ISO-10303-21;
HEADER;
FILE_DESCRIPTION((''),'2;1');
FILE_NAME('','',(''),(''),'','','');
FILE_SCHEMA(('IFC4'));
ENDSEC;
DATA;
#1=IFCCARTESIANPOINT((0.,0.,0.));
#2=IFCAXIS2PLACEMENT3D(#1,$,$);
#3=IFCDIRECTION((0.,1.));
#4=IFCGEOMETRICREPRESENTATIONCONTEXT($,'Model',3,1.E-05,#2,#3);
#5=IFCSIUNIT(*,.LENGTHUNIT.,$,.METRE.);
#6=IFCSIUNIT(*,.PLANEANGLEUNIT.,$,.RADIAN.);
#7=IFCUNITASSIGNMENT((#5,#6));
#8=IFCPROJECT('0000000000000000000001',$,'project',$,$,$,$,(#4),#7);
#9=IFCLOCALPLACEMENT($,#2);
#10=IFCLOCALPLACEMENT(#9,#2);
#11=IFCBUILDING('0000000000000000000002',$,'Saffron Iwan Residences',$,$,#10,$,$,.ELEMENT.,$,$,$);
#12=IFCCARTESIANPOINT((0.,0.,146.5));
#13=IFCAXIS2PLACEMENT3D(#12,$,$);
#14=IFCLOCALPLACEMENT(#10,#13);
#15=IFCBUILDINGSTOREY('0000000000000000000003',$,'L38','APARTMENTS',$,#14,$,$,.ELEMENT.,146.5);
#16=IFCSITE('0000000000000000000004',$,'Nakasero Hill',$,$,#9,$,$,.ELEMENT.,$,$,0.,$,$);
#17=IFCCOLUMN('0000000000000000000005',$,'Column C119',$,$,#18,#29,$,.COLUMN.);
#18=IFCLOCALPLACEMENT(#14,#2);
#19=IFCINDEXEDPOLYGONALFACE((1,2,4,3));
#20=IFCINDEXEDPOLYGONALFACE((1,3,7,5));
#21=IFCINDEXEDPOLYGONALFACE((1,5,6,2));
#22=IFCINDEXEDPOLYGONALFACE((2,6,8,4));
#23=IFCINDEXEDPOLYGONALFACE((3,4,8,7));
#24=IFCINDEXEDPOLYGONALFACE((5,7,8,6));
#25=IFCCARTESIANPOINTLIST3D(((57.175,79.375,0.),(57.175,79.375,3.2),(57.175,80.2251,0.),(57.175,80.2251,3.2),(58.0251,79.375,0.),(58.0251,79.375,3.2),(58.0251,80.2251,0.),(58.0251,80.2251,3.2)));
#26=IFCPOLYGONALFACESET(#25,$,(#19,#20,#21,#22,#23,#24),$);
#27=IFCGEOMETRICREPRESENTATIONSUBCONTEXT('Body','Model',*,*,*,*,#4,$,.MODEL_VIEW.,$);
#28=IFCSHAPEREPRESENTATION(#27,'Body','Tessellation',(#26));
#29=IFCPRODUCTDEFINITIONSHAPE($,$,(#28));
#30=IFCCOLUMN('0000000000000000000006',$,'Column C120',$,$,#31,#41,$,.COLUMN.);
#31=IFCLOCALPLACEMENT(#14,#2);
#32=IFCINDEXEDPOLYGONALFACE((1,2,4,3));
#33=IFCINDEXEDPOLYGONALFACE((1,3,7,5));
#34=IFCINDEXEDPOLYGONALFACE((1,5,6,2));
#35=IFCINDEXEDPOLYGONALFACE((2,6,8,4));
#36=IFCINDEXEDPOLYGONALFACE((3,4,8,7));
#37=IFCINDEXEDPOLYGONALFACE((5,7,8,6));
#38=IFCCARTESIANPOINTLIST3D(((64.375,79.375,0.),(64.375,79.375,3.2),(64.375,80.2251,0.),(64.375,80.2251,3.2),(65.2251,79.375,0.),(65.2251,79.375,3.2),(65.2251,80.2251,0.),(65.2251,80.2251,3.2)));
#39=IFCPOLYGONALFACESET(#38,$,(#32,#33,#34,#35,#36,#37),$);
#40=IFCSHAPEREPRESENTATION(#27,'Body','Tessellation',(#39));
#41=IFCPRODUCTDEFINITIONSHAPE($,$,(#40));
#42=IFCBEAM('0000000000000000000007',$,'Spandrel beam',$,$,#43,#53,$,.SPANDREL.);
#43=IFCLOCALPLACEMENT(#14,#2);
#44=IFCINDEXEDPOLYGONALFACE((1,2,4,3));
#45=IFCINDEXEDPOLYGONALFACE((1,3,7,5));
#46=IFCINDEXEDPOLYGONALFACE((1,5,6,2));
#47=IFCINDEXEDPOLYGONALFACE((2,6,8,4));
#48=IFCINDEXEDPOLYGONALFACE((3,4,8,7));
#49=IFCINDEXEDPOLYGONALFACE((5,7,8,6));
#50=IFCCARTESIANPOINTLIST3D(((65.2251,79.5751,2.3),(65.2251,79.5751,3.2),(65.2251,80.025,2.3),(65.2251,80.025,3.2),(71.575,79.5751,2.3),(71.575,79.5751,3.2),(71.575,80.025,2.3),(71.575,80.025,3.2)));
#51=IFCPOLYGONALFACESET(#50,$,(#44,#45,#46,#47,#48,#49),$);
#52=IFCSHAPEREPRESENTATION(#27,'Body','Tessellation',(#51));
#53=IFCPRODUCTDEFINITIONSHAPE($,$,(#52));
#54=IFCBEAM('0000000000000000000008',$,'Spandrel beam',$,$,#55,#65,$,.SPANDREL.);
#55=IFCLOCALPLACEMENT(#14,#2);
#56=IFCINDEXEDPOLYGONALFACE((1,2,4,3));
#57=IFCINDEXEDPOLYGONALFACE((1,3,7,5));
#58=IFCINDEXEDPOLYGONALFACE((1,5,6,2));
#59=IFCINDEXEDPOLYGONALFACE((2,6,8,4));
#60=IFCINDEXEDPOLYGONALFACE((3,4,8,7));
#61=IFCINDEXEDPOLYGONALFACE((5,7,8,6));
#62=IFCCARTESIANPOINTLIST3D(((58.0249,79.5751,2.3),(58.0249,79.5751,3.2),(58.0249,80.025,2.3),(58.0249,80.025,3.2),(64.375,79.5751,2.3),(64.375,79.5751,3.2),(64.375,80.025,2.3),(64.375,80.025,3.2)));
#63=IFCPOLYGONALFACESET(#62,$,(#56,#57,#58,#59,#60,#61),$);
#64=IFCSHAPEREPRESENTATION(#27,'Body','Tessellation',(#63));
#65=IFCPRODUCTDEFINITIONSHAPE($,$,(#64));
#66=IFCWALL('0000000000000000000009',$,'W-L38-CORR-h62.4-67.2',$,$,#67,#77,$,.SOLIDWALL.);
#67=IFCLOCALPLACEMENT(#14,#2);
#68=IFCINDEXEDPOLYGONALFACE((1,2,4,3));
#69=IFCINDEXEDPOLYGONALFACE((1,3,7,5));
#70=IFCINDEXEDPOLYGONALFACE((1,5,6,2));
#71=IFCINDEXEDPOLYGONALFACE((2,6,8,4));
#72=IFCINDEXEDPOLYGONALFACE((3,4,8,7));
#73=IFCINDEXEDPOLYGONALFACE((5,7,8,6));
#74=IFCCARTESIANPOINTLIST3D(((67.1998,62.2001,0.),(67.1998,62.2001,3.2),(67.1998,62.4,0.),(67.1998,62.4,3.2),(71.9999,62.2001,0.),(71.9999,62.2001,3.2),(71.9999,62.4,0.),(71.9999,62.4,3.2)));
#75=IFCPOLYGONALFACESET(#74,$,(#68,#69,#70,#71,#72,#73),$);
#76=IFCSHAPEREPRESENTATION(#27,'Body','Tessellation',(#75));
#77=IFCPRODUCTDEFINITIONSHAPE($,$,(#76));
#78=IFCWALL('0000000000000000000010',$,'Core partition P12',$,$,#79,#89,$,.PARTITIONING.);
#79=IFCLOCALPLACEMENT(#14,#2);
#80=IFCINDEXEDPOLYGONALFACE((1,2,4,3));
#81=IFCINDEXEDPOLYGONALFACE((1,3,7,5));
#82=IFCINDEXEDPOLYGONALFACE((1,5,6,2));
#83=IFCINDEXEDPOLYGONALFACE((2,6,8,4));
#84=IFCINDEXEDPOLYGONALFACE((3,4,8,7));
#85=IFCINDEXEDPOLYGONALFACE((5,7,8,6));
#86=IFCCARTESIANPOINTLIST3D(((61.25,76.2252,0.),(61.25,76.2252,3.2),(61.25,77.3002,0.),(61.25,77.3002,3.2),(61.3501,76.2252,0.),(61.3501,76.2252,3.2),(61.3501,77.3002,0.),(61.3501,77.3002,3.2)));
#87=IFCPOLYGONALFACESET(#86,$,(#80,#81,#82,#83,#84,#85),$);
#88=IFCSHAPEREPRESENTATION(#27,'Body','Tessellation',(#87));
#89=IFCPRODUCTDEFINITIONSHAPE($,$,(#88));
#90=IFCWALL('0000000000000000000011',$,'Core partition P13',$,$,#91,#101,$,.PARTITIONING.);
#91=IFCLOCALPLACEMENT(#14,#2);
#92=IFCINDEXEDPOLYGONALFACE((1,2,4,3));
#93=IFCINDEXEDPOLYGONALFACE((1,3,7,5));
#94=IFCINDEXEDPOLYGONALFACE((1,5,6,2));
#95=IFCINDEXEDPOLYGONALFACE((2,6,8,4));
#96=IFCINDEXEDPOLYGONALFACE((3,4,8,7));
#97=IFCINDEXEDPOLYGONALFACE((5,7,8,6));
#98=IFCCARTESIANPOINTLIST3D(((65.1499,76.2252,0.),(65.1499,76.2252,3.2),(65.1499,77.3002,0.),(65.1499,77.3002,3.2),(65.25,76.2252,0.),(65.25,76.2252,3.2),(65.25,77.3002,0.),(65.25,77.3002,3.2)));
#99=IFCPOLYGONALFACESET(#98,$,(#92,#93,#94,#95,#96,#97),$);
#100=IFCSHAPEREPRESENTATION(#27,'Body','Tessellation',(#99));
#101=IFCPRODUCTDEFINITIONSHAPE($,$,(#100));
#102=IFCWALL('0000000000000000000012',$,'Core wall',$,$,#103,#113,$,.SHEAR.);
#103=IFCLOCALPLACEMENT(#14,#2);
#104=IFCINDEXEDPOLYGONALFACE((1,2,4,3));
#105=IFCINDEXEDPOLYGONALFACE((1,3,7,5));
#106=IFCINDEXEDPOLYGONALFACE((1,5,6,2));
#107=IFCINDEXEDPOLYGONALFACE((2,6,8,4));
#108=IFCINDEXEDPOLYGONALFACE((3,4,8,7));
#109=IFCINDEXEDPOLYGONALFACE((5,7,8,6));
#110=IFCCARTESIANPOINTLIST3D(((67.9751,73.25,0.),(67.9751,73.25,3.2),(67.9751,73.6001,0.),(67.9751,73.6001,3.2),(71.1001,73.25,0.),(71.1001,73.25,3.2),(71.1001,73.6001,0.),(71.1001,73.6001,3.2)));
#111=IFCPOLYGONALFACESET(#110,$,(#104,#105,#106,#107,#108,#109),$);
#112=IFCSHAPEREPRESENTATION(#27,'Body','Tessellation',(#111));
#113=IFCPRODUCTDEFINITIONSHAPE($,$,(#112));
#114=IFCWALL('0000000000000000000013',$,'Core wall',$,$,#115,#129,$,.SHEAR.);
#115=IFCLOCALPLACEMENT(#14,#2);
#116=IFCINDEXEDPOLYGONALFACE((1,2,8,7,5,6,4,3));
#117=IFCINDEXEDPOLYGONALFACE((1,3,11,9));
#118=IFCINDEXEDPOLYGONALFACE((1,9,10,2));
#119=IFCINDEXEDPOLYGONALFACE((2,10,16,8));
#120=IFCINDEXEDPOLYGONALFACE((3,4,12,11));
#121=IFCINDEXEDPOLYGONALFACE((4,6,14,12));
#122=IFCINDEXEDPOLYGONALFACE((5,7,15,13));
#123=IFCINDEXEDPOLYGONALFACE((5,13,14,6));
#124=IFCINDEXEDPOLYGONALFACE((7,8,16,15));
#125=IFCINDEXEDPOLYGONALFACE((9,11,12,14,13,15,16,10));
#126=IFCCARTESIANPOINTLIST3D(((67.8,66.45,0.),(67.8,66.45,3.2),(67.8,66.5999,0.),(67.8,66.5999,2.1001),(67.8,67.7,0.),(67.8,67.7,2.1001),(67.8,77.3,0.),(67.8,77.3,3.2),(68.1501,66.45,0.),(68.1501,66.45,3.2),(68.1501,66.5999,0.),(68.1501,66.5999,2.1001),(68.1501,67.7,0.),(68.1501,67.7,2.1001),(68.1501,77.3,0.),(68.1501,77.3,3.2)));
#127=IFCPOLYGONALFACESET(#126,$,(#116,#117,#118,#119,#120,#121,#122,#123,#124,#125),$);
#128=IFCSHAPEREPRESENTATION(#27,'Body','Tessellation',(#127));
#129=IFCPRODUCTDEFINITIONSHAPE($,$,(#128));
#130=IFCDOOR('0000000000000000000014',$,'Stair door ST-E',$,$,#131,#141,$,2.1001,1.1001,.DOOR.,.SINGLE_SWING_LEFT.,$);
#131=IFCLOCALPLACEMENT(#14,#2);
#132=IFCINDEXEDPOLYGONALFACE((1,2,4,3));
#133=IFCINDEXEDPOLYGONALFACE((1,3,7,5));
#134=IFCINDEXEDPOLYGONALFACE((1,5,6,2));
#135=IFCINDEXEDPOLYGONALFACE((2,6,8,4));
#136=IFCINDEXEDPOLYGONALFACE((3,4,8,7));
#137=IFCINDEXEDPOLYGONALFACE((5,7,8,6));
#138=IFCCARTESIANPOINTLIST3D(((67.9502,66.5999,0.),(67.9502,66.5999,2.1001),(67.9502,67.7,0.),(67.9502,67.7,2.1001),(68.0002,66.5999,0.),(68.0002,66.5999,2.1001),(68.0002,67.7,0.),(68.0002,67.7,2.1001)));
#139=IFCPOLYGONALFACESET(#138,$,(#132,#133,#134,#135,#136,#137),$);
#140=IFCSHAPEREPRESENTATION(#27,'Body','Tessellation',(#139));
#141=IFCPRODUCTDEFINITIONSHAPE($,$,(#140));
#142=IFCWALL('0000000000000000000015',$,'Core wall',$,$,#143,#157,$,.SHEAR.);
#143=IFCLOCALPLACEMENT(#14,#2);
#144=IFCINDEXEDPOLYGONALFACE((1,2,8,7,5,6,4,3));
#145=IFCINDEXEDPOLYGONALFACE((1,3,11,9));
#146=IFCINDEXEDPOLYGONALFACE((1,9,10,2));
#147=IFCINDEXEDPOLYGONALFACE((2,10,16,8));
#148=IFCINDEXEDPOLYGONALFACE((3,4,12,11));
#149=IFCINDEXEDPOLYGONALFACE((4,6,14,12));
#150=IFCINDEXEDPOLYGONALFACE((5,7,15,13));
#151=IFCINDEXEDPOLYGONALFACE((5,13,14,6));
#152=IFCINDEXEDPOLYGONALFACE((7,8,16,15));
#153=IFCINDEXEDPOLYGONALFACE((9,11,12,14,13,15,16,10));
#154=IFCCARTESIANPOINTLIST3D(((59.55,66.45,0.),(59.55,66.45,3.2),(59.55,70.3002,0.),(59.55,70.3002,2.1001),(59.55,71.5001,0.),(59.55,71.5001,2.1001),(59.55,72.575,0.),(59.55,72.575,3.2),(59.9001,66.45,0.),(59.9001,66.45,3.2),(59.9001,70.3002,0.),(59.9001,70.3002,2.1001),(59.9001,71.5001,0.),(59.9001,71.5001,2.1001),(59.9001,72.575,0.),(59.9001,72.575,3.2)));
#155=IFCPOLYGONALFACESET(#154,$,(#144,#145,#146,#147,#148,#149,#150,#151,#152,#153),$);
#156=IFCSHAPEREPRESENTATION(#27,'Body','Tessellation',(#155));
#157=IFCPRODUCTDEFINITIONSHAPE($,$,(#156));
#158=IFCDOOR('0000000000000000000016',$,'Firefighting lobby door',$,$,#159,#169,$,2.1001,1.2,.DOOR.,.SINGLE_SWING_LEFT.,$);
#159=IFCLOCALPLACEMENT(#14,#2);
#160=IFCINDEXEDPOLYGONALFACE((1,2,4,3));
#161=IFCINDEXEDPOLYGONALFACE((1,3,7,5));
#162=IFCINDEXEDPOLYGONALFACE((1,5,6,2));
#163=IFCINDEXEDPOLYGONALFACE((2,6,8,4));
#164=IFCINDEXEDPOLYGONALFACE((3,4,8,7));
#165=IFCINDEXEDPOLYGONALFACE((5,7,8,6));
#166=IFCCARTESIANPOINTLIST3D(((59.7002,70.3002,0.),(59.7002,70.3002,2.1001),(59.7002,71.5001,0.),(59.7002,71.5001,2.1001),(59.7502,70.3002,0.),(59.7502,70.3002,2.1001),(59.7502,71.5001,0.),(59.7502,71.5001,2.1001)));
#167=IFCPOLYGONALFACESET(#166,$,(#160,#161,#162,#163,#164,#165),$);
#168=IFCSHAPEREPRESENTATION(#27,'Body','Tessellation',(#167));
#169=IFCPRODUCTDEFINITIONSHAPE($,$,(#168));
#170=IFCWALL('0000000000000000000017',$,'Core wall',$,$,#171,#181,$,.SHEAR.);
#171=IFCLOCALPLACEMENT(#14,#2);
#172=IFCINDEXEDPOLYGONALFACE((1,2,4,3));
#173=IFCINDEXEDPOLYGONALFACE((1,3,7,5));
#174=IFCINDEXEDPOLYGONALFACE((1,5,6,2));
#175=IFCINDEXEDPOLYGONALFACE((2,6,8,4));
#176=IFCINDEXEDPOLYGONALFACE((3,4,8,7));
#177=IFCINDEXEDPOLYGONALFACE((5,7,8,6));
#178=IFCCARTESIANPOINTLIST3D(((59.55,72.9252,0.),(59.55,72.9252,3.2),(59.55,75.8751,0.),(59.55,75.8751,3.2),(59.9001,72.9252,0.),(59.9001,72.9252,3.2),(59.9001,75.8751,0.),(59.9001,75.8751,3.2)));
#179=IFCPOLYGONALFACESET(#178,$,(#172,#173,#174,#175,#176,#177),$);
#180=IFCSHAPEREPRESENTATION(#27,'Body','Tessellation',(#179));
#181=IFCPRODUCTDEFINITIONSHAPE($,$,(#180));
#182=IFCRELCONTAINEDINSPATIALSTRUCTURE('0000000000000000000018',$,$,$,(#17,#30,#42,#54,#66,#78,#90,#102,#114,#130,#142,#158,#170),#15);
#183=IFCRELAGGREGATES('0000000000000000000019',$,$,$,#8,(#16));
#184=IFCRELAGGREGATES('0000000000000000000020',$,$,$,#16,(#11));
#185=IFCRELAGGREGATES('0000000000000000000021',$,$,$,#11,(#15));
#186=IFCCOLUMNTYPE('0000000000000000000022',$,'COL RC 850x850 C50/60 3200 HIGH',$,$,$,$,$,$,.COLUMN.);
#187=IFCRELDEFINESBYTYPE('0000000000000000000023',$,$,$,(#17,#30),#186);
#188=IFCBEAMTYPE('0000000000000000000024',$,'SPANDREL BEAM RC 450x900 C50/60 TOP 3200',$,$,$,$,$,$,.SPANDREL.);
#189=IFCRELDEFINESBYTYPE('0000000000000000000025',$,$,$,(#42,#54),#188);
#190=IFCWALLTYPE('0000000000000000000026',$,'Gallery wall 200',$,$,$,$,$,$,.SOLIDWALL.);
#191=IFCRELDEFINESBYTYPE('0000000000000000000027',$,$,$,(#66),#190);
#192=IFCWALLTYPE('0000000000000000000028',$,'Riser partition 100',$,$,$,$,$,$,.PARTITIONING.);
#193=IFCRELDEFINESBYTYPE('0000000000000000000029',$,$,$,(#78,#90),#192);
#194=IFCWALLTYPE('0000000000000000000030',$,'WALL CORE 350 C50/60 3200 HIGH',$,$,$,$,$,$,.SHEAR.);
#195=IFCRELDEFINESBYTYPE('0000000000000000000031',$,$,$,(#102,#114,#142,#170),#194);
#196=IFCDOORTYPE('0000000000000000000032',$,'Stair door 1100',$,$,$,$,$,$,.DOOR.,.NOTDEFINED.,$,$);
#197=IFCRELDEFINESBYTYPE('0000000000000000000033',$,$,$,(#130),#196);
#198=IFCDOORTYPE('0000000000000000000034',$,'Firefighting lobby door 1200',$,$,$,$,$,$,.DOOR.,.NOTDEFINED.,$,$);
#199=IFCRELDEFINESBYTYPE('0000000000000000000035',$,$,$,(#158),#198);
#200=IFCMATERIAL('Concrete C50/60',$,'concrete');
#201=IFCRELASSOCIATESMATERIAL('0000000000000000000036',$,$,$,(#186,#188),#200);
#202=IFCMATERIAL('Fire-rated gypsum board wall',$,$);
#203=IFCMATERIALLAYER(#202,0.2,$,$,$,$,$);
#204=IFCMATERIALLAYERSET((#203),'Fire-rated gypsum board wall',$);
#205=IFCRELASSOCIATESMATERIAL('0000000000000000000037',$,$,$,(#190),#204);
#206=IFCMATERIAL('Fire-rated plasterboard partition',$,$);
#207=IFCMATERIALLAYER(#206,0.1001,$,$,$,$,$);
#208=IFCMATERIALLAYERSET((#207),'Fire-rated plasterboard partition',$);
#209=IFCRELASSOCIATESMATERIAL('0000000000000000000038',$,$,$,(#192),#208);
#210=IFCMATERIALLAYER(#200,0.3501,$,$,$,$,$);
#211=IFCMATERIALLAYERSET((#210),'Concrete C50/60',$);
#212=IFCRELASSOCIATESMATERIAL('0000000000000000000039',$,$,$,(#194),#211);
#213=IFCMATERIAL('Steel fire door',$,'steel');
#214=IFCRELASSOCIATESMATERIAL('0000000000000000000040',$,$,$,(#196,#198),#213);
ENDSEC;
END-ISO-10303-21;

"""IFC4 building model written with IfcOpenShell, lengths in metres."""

from ifc_helpers import new_model, si_unit, direction, frame, frame_2d, origin, origin_2d, place, context, subcontext, project, spatial, rectangle, extrude, source, transform, mapped, material, layer, layer_set, material_profile, profile_set, type_object, element, fill, save


model = new_model("IFC4")

# Units and contexts
model_context = context("Model", 3, precision=1e-05, world=origin(), true_north=direction((0.0, 1.0)))
body_context = subcontext(model_context, "Body", "Model", "MODEL_VIEW")
ifc_project = project(units=[si_unit("LENGTHUNIT", "METRE"), si_unit("PLANEANGLEUNIT", "RADIAN")], contexts=[model_context])

# Site, building, storey
site_placement = place(None, origin())
site = spatial("IfcSite", under=ifc_project, at=site_placement, Name="Nakasero Hill", CompositionType="ELEMENT", RefElevation=0.0)
building_placement = place(site_placement, origin())
building = spatial("IfcBuilding", under=site, at=building_placement, Name="Saffron Iwan Residences", CompositionType="ELEMENT")
storey_placement = place(building_placement, frame((0.0, 0.0, 146.5)))
storey = spatial("IfcBuildingStorey", under=building, at=storey_placement, Name="L38", Description="APARTMENTS", CompositionType="ELEMENT", Elevation=146.5)

# Columns
ifc_material_1 = material(Name="Concrete C50/60", Category="concrete")
ifc_material_profile_1 = material_profile(ifc_material_1, rectangle(XDim=0.8501, YDim=0.8501, at=origin_2d()), Name="RC 850x850")
ifc_profile_set_1 = profile_set([ifc_material_profile_1], Name="Concrete C50/60")
column_type = type_object("IfcColumnType", Name="COL RC 850x850 C50/60 3200 HIGH", PredefinedType="COLUMN", material=ifc_profile_set_1)
shared_shape_1 = source(origin(), body_context, "Body", "SweptSolid", [
    extrude(rectangle(XDim=0.8501, YDim=0.8501, at=origin_2d()), origin(), (0.0, 0.0, 1.0), 3.2),
])
for number, where, z_axis, x_axis, name in (
    (1, (57.6001, 79.8, 0.0), (0.0, 0.0, 1.0), (1.0, 0.0, 0.0), "Column C119"),
    (2, (64.8, 79.8, 0.0), (0.0, 0.0, 1.0), (1.0, 0.0, 0.0), "Column C120"),
):
    element("IfcColumn", number, at=place(storey_placement, frame(where, z_axis=z_axis, x_axis=x_axis)), inside=storey, type_object=column_type, Name=name, PredefinedType="COLUMN", context=body_context, shape_type="MappedRepresentation", body=[
        mapped(shared_shape_1, transform((0.0, 0.0, 0.0))),
    ])

# Beams
ifc_material_profile_2 = material_profile(ifc_material_1, rectangle(XDim=0.45, YDim=0.8999, at=origin_2d()), Name="RC 450x900")
ifc_profile_set_2 = profile_set([ifc_material_profile_2], Name="Concrete C50/60")
beam_type = type_object("IfcBeamType", Name="SPANDREL BEAM RC 450x900 C50/60 TOP 3200", PredefinedType="SPANDREL", material=ifc_profile_set_2)
shared_shape_2 = source(origin(), body_context, "Body", "SweptSolid", [
    extrude(rectangle(XDim=0.45, YDim=0.8999, at=origin_2d()), origin(), (0.0, 0.0, 1.0), 6.3499),
])
beam_1_placement = place(storey_placement, frame((65.2251, 79.8, 2.75), z_axis=(1.0, 0.0, 0.0), x_axis=(0.0, 1.0, 0.0)))
element("IfcBeam", 3, at=beam_1_placement, inside=storey, type_object=beam_type, Name="Spandrel beam", PredefinedType="SPANDREL", context=body_context, shape_type="MappedRepresentation", body=[
    mapped(shared_shape_2, transform((0.0, 0.0, 0.0))),
])
shared_shape_3 = source(origin(), body_context, "Body", "SweptSolid", [
    extrude(rectangle(XDim=0.45, YDim=0.8999, at=origin_2d()), origin(), (0.0, 0.0, 1.0), 6.3501),
])
beam_2_placement = place(storey_placement, frame((58.0249, 79.8, 2.75), z_axis=(1.0, 0.0, 0.0), x_axis=(0.0, 1.0, 0.0)))
element("IfcBeam", 4, at=beam_2_placement, inside=storey, type_object=beam_type, Name="Spandrel beam", PredefinedType="SPANDREL", context=body_context, shape_type="MappedRepresentation", body=[
    mapped(shared_shape_3, transform((0.0, 0.0, 0.0))),
])

# Walls
ifc_material_2 = material(Name="Fire-rated gypsum board wall")
ifc_layer_1 = layer(ifc_material_2, 0.2)
ifc_layer_set_1 = layer_set([ifc_layer_1], Name="Fire-rated gypsum board wall")
wall_type_1 = type_object("IfcWallType", Name="Gallery wall 200", PredefinedType="SOLIDWALL", material=ifc_layer_set_1)
wall_1_placement = place(storey_placement, frame((67.2, 62.3, 0.0), z_axis=(0.0, 0.0, 1.0), x_axis=(1.0, 0.0, 0.0)))
element("IfcWall", 5, at=wall_1_placement, inside=storey, type_object=wall_type_1, Name="W-L38-CORR-h62.4-67.2", PredefinedType="SOLIDWALL", context=body_context, shape_type="SweptSolid", body=[
    extrude(rectangle(XDim=4.8, YDim=0.2, at=frame_2d((2.3999, 0.0))), origin(), (0.0, 0.0, 1.0), 3.2),
])
ifc_material_3 = material(Name="Fire-rated plasterboard partition")
ifc_layer_2 = layer(ifc_material_3, 0.1001)
ifc_layer_set_2 = layer_set([ifc_layer_2], Name="Fire-rated plasterboard partition")
wall_type_2 = type_object("IfcWallType", Name="Riser partition 100", PredefinedType="PARTITIONING", material=ifc_layer_set_2)
for number, where, z_axis, x_axis, name in (
    (6, (61.3, 76.2251, 0.0), (0.0, 0.0, 1.0), (0.0, 1.0, 0.0), "Core partition P12"),
    (7, (65.2, 76.2251, 0.0), (0.0, 0.0, 1.0), (0.0, 1.0, 0.0), "Core partition P13"),
):
    element("IfcWall", number, at=place(storey_placement, frame(where, z_axis=z_axis, x_axis=x_axis)), inside=storey, type_object=wall_type_2, Name=name, PredefinedType="PARTITIONING", context=body_context, shape_type="SweptSolid", body=[
        extrude(rectangle(XDim=1.075, YDim=0.1001, at=frame_2d((0.5376, 0.0))), origin(), (0.0, 0.0, 1.0), 3.2),
    ])
ifc_layer_3 = layer(ifc_material_1, 0.3501)
ifc_layer_set_3 = layer_set([ifc_layer_3], Name="Concrete C50/60")
wall_type_3 = type_object("IfcWallType", Name="WALL CORE 350 C50/60 3200 HIGH", PredefinedType="SHEAR", material=ifc_layer_set_3)
wall_2_placement = place(storey_placement, frame((67.9751, 73.425, 0.0), z_axis=(0.0, 0.0, 1.0), x_axis=(1.0, 0.0, 0.0)))
element("IfcWall", 8, at=wall_2_placement, inside=storey, type_object=wall_type_3, Name="Core wall", PredefinedType="SHEAR", context=body_context, shape_type="SweptSolid", body=[
    extrude(rectangle(XDim=3.125, YDim=0.3501, at=frame_2d((1.5625, 0.0))), origin(), (0.0, 0.0, 1.0), 3.2),
])

# Walls, openings, doors
wall_3_placement = place(storey_placement, frame((67.9751, 66.45, 0.0), z_axis=(0.0, 0.0, 1.0), x_axis=(0.0, 1.0, 0.0)))
wall_3 = element("IfcWall", 9, at=wall_3_placement, inside=storey, type_object=wall_type_3, Name="Core wall", PredefinedType="SHEAR", context=body_context, shape_type="SweptSolid", body=[
    extrude(rectangle(XDim=10.8501, YDim=0.3501, at=frame_2d((5.425, 0.0))), origin(), (0.0, 0.0, 1.0), 3.2),
])
opening_1_placement = place(wall_3_placement, frame((0.1499, 0.0, 0.0)))
opening_1 = element("IfcOpeningElement", 10, at=opening_1_placement, cuts=wall_3, PredefinedType="OPENING", context=body_context, shape_type="SweptSolid", body=[
    extrude(rectangle(XDim=1.1001, YDim=2.1001, at=frame_2d((0.55, 1.05))), frame((0.0, 0.1851, 0.0), z_axis=(0.0, -1.0, 0.0), x_axis=(1.0, 0.0, 0.0)), (0.0, 0.0, 1.0), 0.3701),
])
ifc_material_4 = material(Name="Steel fire door", Category="steel")
door_type_1 = type_object("IfcDoorType", Name="Stair door 1100", OperationType="NOTDEFINED", PredefinedType="DOOR", material=ifc_material_4)
door_1_placement = place(opening_1_placement, origin())
door_1 = element("IfcDoor", 11, at=door_1_placement, inside=storey, type_object=door_type_1, Name="Stair door ST-E", OperationType="SINGLE_SWING_LEFT", OverallHeight=2.1001, OverallWidth=1.1001, PredefinedType="DOOR", context=body_context, shape_type="SweptSolid", body=[
    extrude(rectangle(XDim=1.1001, YDim=2.1001, at=frame_2d((0.55, 1.05))), frame((0.0, 0.0249, 0.0), z_axis=(0.0, -1.0, 0.0), x_axis=(1.0, 0.0, 0.0)), (0.0, 0.0, 1.0), 0.05),
])
fill(opening_1, door_1)
wall_4_placement = place(storey_placement, frame((59.7251, 66.45, 0.0), z_axis=(0.0, 0.0, 1.0), x_axis=(0.0, 1.0, 0.0)))
wall_4 = element("IfcWall", 12, at=wall_4_placement, inside=storey, type_object=wall_type_3, Name="Core wall", PredefinedType="SHEAR", context=body_context, shape_type="SweptSolid", body=[
    extrude(rectangle(XDim=6.125, YDim=0.3501, at=frame_2d((3.0625, 0.0))), origin(), (0.0, 0.0, 1.0), 3.2),
])
opening_2_placement = place(wall_4_placement, frame((3.8501, 0.0, 0.0)))
opening_2 = element("IfcOpeningElement", 13, at=opening_2_placement, cuts=wall_4, PredefinedType="OPENING", context=body_context, shape_type="SweptSolid", body=[
    extrude(rectangle(XDim=1.2, YDim=2.1001, at=frame_2d((0.6001, 1.05))), frame((0.0, 0.1851, 0.0), z_axis=(0.0, -1.0, 0.0), x_axis=(1.0, 0.0, 0.0)), (0.0, 0.0, 1.0), 0.3701),
])
door_type_2 = type_object("IfcDoorType", Name="Firefighting lobby door 1200", OperationType="NOTDEFINED", PredefinedType="DOOR", material=ifc_material_4)
door_2_placement = place(opening_2_placement, origin())
door_2 = element("IfcDoor", 14, at=door_2_placement, inside=storey, type_object=door_type_2, Name="Firefighting lobby door", OperationType="SINGLE_SWING_LEFT", OverallHeight=2.1001, OverallWidth=1.2, PredefinedType="DOOR", context=body_context, shape_type="SweptSolid", body=[
    extrude(rectangle(XDim=1.2, YDim=2.1001, at=frame_2d((0.6001, 1.05))), frame((0.0, 0.0249, 0.0), z_axis=(0.0, -1.0, 0.0), x_axis=(1.0, 0.0, 0.0)), (0.0, 0.0, 1.0), 0.05),
])
fill(opening_2, door_2)

# Wall
wall_5_placement = place(storey_placement, frame((59.7251, 72.925, 0.0), z_axis=(0.0, 0.0, 1.0), x_axis=(0.0, 1.0, 0.0)))
element("IfcWall", 15, at=wall_5_placement, inside=storey, type_object=wall_type_3, Name="Core wall", PredefinedType="SHEAR", context=body_context, shape_type="SweptSolid", body=[
    extrude(rectangle(XDim=2.95, YDim=0.3501, at=frame_2d((1.4751, 0.0))), origin(), (0.0, 0.0, 1.0), 3.2),
])

save(model, "model.ifc")
